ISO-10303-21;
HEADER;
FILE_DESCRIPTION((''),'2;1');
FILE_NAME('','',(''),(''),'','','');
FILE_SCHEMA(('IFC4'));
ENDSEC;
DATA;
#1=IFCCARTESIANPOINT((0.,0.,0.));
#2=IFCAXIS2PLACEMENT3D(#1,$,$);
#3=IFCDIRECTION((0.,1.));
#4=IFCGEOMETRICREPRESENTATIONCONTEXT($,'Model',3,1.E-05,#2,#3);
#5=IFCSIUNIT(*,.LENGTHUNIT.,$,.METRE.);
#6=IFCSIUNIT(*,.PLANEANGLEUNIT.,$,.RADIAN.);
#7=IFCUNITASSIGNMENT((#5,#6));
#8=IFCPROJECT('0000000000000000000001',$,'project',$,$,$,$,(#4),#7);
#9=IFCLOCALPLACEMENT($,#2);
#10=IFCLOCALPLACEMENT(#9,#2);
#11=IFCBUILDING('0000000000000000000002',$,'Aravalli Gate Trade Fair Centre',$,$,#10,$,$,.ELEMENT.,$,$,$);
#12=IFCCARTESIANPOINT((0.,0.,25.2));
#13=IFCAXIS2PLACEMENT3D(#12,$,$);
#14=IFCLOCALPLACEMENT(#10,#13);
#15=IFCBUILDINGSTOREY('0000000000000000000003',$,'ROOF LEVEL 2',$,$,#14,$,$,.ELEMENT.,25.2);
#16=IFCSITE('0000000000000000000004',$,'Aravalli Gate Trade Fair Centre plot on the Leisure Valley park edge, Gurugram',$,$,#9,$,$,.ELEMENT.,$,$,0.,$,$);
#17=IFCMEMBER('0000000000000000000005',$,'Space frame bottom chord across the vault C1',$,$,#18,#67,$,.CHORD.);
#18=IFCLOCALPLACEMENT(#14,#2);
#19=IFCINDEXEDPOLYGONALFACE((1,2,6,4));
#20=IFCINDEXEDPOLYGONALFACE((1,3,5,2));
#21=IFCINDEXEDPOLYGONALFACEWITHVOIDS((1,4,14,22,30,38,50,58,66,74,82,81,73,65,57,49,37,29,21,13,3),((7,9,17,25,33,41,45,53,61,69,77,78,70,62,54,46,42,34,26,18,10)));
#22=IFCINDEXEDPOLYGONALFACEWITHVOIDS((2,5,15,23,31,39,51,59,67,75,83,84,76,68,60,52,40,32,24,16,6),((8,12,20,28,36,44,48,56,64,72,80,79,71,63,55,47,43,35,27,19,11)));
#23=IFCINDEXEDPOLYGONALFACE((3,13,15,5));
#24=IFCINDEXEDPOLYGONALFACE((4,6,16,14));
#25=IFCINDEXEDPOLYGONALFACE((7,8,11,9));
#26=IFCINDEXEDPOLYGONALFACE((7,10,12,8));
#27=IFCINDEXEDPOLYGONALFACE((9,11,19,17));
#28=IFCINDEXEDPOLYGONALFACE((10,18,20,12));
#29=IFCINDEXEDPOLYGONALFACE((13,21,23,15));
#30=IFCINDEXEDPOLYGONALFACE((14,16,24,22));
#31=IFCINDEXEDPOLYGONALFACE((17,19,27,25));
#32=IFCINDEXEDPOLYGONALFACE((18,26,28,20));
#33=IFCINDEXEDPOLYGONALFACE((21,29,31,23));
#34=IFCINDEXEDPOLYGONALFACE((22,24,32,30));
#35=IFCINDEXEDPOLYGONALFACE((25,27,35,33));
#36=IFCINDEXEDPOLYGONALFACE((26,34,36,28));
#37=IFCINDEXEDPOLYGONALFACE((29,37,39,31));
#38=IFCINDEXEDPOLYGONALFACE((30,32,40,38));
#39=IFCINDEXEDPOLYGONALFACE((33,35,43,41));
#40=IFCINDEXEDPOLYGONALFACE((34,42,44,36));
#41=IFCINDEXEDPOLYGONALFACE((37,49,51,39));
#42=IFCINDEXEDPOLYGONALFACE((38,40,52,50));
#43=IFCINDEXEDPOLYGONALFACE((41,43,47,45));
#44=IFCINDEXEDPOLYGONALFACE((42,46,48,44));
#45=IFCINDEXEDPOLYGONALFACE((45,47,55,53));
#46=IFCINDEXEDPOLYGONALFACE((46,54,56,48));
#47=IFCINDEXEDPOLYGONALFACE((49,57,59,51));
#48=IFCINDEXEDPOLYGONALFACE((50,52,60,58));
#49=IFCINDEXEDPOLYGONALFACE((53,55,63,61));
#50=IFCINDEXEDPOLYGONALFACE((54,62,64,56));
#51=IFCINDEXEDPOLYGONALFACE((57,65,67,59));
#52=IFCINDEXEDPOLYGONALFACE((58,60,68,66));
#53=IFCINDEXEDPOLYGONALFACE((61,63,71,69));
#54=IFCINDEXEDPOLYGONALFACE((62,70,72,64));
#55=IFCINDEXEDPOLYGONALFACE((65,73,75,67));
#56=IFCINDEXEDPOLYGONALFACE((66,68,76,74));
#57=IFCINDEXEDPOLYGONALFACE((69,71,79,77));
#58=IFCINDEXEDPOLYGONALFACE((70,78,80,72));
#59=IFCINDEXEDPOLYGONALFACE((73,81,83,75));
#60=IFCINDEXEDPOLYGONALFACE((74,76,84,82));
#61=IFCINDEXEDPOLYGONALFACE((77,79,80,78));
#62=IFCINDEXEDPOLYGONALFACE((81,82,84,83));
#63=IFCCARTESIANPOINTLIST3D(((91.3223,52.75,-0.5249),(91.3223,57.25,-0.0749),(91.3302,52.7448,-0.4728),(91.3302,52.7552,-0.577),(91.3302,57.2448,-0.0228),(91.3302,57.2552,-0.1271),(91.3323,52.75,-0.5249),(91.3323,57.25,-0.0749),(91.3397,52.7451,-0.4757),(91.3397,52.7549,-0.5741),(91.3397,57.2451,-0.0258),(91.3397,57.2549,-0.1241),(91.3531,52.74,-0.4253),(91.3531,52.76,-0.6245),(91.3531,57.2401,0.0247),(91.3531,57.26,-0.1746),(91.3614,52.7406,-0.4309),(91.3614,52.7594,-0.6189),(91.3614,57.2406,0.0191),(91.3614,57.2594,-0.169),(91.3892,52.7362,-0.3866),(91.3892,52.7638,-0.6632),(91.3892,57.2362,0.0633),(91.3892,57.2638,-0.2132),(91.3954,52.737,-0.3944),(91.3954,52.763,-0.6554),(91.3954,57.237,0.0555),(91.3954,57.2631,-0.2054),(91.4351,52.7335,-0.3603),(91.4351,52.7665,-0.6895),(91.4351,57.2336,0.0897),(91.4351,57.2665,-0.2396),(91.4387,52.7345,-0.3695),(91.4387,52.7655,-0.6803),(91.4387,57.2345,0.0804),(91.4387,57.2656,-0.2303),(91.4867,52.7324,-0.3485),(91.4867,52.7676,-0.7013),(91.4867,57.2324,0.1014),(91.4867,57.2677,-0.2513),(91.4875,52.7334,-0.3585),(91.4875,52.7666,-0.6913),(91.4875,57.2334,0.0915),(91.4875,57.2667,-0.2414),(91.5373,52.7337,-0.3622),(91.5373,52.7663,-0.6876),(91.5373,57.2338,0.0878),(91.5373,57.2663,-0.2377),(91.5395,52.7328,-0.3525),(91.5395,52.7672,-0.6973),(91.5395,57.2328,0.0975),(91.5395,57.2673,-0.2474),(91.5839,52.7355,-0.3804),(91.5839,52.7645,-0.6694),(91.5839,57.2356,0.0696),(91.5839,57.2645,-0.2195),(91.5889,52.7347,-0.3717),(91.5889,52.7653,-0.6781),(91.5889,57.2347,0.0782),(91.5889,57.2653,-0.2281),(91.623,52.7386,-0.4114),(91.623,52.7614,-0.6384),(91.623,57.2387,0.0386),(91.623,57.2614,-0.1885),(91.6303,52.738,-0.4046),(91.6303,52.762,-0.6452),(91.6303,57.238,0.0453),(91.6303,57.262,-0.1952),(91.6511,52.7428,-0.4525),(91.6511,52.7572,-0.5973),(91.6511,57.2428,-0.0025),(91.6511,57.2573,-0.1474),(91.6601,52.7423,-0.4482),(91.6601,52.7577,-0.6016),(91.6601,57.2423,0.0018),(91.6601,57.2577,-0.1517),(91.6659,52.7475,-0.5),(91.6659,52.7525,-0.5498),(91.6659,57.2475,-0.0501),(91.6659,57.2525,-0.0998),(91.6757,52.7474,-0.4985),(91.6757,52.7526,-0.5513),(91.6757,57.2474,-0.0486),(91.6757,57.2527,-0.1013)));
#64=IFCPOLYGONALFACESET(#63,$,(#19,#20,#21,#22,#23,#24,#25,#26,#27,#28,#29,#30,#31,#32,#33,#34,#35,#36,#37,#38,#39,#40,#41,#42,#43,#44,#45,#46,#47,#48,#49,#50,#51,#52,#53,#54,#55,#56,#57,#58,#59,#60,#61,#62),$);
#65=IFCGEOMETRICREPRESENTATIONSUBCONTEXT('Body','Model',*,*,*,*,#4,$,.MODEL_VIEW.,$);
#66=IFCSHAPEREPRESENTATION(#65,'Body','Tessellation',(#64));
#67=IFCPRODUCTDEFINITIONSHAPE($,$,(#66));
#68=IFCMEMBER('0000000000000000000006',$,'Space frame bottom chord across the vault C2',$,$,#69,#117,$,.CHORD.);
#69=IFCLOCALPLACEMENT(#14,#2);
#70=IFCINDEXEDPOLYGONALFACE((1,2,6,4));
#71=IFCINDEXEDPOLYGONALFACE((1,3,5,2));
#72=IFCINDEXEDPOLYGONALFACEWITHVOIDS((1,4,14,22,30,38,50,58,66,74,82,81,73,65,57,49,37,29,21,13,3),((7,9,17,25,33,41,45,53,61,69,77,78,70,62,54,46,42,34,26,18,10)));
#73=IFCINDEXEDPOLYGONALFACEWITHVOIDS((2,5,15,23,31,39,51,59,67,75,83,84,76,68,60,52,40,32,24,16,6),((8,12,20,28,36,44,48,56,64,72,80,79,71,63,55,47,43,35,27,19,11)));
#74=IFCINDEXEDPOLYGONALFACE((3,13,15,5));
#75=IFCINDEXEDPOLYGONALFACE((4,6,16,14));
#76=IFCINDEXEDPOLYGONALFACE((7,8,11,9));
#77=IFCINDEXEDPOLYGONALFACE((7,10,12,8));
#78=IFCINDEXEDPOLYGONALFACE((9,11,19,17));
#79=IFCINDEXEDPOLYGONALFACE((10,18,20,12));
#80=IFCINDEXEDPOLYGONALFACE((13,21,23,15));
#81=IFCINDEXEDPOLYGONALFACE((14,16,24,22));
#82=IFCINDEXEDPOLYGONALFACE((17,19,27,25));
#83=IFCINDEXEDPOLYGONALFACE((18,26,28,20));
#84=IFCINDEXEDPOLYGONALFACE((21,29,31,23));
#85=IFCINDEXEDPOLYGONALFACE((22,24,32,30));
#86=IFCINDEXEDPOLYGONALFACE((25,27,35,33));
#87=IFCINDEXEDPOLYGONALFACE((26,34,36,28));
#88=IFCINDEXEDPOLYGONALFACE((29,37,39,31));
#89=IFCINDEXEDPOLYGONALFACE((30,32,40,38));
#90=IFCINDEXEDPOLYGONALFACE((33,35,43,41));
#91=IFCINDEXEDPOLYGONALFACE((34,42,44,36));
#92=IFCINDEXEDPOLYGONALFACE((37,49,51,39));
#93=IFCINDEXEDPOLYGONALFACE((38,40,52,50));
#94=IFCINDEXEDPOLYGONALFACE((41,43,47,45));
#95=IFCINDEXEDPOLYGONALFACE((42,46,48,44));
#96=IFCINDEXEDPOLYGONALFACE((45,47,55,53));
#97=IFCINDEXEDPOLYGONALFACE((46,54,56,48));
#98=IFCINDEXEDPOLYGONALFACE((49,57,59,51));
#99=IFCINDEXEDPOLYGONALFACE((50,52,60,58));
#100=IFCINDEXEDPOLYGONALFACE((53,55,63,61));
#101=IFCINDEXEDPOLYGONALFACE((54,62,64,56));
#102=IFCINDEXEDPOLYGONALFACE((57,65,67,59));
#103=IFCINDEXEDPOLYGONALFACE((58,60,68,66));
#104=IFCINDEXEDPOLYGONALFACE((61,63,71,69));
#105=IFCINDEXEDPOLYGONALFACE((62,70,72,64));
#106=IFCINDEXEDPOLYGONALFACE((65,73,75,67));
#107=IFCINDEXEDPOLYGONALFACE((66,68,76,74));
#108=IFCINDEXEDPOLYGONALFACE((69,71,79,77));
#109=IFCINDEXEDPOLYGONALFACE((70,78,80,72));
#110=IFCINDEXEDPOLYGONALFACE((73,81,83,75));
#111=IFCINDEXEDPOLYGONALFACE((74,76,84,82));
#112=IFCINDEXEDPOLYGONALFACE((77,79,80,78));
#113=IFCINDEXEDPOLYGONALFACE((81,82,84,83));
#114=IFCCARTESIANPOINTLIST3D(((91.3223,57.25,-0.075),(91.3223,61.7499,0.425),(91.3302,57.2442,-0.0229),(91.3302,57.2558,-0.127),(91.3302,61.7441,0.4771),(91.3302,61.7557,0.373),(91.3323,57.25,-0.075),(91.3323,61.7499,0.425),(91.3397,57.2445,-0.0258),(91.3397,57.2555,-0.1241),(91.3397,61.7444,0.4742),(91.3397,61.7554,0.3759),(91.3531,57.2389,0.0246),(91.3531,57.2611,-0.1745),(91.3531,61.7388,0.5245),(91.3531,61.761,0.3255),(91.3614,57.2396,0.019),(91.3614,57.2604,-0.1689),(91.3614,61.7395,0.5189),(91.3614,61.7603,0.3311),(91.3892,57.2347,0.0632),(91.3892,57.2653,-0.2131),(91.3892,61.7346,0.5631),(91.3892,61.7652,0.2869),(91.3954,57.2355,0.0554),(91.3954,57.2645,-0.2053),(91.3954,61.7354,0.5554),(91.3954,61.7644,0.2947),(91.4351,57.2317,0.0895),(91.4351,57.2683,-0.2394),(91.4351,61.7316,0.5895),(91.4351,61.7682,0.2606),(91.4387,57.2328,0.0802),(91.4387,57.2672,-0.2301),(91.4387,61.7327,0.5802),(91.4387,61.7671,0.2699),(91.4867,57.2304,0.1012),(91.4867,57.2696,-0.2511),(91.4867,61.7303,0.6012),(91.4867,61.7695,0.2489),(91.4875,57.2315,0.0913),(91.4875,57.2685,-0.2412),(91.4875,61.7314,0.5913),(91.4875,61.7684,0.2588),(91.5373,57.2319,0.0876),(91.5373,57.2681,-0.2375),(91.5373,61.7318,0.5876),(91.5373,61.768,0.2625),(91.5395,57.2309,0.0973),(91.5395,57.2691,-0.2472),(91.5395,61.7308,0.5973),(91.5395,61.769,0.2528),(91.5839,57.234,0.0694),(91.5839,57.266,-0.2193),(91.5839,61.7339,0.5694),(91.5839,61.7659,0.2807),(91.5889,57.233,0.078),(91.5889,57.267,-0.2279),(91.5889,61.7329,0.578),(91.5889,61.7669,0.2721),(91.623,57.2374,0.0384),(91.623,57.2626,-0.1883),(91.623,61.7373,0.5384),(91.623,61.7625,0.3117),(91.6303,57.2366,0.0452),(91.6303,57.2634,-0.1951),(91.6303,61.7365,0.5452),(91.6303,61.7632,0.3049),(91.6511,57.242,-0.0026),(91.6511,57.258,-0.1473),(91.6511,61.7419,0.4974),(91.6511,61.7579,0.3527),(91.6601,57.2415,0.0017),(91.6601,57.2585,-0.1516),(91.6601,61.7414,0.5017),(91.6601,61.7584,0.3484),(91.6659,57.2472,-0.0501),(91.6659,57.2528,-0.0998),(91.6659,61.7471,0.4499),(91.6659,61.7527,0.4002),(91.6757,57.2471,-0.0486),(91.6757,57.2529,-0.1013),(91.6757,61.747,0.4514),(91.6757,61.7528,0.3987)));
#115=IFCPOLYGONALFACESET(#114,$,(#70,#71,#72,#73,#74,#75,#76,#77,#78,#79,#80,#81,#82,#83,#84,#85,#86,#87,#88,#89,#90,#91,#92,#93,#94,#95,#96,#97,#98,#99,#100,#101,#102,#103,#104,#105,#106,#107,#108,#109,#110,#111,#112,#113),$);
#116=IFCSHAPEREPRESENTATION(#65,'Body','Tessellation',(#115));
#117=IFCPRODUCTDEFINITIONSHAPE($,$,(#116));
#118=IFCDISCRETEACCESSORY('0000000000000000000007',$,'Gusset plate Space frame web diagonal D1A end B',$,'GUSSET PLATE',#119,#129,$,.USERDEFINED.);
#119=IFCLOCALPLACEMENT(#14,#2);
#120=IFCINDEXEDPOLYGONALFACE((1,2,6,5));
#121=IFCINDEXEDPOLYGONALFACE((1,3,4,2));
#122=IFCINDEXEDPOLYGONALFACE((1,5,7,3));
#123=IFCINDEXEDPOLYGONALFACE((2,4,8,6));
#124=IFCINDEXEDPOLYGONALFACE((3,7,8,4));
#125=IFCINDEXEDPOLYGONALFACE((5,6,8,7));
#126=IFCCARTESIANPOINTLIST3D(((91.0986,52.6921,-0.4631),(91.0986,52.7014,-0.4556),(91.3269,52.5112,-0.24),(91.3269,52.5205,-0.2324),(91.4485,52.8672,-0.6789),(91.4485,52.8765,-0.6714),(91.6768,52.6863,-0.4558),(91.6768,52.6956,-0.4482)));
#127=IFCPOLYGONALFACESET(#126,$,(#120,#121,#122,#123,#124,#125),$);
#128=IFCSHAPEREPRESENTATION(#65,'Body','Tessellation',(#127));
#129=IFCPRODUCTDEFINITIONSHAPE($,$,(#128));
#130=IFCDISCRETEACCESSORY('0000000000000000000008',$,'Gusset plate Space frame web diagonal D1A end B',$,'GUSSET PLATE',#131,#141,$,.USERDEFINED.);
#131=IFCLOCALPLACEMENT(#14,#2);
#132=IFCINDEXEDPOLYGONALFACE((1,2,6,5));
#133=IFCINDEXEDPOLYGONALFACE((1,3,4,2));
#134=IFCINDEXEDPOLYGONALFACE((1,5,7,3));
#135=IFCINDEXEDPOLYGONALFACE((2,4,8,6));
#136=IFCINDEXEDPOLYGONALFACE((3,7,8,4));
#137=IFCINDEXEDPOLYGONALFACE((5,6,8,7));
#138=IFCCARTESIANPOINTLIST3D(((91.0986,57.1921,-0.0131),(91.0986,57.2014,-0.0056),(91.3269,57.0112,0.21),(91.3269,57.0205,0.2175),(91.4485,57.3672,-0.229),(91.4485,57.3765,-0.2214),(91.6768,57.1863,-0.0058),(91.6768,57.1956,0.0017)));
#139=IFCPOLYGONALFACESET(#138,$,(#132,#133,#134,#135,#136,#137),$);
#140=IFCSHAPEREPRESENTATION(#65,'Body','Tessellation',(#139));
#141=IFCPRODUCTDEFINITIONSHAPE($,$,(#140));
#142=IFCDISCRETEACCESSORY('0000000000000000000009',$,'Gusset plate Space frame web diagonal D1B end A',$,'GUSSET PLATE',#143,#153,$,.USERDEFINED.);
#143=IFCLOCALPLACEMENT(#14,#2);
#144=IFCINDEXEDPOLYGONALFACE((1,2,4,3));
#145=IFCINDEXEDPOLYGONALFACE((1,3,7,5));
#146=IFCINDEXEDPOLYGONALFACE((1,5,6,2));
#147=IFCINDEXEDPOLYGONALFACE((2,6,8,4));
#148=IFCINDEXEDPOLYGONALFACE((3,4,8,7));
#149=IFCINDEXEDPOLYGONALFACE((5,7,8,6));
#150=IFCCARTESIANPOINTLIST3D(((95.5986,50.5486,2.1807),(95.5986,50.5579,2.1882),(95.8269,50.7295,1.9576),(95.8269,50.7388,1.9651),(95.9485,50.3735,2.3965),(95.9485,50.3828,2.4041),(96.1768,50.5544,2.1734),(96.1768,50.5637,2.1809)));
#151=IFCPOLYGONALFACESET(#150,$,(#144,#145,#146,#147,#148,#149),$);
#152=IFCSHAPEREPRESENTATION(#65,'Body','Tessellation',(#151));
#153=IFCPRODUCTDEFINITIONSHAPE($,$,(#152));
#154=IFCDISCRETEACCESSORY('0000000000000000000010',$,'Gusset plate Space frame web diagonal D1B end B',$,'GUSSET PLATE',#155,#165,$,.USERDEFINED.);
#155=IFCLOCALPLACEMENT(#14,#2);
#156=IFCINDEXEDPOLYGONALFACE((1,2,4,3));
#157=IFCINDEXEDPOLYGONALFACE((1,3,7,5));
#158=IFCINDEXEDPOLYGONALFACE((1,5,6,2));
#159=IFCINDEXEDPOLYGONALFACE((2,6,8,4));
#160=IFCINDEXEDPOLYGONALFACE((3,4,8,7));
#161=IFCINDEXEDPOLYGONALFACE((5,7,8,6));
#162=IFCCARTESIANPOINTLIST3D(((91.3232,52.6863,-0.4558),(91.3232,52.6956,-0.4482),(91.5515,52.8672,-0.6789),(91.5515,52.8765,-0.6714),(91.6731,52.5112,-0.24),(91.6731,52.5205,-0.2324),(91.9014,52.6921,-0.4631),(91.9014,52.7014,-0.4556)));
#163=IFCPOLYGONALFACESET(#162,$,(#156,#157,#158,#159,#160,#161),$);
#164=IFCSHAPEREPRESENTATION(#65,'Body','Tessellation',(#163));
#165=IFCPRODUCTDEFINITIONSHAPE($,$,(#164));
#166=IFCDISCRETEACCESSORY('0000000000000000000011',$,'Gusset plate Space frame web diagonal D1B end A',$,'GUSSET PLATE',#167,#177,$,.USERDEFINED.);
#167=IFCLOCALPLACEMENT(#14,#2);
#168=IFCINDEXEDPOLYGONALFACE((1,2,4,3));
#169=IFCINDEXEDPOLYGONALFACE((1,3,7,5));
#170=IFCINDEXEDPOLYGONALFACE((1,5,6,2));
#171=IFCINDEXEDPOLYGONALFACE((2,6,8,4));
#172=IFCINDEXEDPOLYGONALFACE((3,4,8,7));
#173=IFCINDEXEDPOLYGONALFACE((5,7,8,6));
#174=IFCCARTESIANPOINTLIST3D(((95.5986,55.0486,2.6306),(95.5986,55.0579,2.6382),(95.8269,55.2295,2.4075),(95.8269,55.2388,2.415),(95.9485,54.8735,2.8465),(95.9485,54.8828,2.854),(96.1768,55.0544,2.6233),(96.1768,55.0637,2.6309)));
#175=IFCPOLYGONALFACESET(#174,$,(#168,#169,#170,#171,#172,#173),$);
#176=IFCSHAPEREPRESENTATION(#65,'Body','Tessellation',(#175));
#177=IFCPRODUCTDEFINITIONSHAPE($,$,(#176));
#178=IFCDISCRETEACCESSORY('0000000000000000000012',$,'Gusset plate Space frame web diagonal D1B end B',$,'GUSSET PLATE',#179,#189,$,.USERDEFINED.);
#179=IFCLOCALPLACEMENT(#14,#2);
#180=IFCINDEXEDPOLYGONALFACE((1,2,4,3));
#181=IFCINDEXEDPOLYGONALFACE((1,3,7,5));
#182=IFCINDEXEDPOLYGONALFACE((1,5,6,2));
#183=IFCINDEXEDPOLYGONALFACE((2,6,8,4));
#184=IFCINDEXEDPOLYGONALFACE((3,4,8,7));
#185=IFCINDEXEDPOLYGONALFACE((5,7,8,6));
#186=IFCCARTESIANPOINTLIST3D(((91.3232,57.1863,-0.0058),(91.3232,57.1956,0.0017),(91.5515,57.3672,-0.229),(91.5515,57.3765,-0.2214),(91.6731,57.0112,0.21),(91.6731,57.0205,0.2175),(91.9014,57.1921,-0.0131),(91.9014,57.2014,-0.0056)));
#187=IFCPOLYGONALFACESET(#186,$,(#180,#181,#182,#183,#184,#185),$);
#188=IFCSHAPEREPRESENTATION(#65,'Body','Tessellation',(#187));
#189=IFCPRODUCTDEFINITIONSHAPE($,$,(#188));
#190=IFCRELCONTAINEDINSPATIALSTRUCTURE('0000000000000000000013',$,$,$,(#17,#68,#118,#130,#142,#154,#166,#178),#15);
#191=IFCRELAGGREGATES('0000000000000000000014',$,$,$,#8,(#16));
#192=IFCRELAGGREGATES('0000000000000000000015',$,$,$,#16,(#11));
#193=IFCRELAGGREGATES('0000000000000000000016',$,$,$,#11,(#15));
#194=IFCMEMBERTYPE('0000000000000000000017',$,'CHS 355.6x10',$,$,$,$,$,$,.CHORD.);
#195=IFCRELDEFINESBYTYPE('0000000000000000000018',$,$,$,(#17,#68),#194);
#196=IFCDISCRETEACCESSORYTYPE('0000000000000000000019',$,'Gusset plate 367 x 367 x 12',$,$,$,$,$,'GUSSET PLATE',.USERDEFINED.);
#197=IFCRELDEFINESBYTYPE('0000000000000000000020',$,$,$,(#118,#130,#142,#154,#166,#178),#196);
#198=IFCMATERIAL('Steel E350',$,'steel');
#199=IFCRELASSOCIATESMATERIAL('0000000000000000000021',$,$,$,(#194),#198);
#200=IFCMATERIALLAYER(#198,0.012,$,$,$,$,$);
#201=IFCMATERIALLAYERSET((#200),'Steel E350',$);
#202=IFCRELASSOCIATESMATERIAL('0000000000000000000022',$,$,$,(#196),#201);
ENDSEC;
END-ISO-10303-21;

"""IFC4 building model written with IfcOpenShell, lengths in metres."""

from ifc_helpers import new_model, si_unit, direction, frame, origin, origin_2d, place, context, subcontext, project, spatial, polyline, hollow_circle, outline, extrude, material, layer, layer_set, material_profile, profile_set, type_object, element, save


model = new_model("IFC4")

# Units and contexts
model_context = context("Model", 3, precision=1e-05, world=origin(), true_north=direction((0.0, 1.0)))
body_context = subcontext(model_context, "Body", "Model", "MODEL_VIEW")
ifc_project = project(units=[si_unit("LENGTHUNIT", "METRE"), si_unit("PLANEANGLEUNIT", "RADIAN")], contexts=[model_context])

# Site, building, storey
site_placement = place(None, origin())
site = spatial("IfcSite", under=ifc_project, at=site_placement, Name="Aravalli Gate Trade Fair Centre plot on the Leisure Valley park edge, Gurugram", CompositionType="ELEMENT", RefElevation=0.0)
building_placement = place(site_placement, origin())
building = spatial("IfcBuilding", under=site, at=building_placement, Name="Aravalli Gate Trade Fair Centre", CompositionType="ELEMENT")
storey_placement = place(building_placement, frame((0.0, 0.0, 25.2)))
storey = spatial("IfcBuildingStorey", under=building, at=storey_placement, Name="ROOF LEVEL 2", CompositionType="ELEMENT", Elevation=25.2)

# Members
ifc_material = material(Name="Steel E350", Category="steel")
ifc_material_profile_1 = material_profile(ifc_material, hollow_circle(Radius=0.1777, WallThickness=0.01, at=origin_2d()), Name="CHS 355.6x10")
ifc_profile_set_1 = profile_set([ifc_material_profile_1], Name="Steel E350")
member_type_1 = type_object("IfcMemberType", Name="CHS 355.6x10", PredefinedType="CHORD", material=ifc_profile_set_1)
member_1_placement = place(storey_placement, frame((91.5, 52.75, -0.5249), z_axis=(0.0, 0.995038, 0.099493), x_axis=(-1.0, 0.0, 0.0)))
element("IfcMember", 1, at=member_1_placement, inside=storey, type_object=member_type_1, Name="Space frame bottom chord across the vault C1", PredefinedType="CHORD", context=body_context, shape_type="SweptSolid", body=[
    extrude(hollow_circle(Radius=0.1777, WallThickness=0.01, at=origin_2d()), origin(), (0.0, 0.0, 1.0), 4.5225),
])
member_2_placement = place(storey_placement, frame((91.5, 57.25, -0.075), z_axis=(0.0, 0.993884, 0.110432), x_axis=(-1.0, 0.0, 0.0)))
element("IfcMember", 2, at=member_2_placement, inside=storey, type_object=member_type_1, Name="Space frame bottom chord across the vault C2", PredefinedType="CHORD", context=body_context, shape_type="SweptSolid", body=[
    extrude(hollow_circle(Radius=0.1777, WallThickness=0.01, at=origin_2d()), origin(), (0.0, 0.0, 1.0), 4.5276),
])

# Discrete accessories
ifc_layer = layer(ifc_material, 0.012)
ifc_layer_set = layer_set([ifc_layer], Name="Steel E350")
discrete_accessory_type = type_object("IfcDiscreteAccessoryType", Name="Gusset plate 367 x 367 x 12", ElementType="GUSSET PLATE", PredefinedType="USERDEFINED", material=ifc_layer_set)
for number, where, z_axis, x_axis, name in (
    (3, (91.0986, 52.7014, -0.4556), (-0.000107, 0.776736, 0.629826), (0.783044, 0.391795, -0.48305), "Gusset plate Space frame web diagonal D1A end B"),
    (4, (91.0986, 57.2014, -0.0056), (-0.000107, 0.776736, 0.629826), (0.783044, 0.391795, -0.48305), "Gusset plate Space frame web diagonal D1A end B"),
):
    element("IfcDiscreteAccessory", number, at=place(storey_placement, frame(where, z_axis=z_axis, x_axis=x_axis)), inside=storey, type_object=discrete_accessory_type, Name=name, ObjectType="GUSSET PLATE", PredefinedType="USERDEFINED", context=body_context, shape_type="SweptSolid", body=[
        extrude(outline(polyline([(0.0, 0.0), (0.4468, 0.0), (0.4469, -0.3669), (0.0001, -0.3669), (0.0, 0.0)])), origin(), (0.0, 0.0, -1.0), 0.012),
    ])
discrete_accessory_1_placement = place(storey_placement, frame((95.5986, 50.5579, 2.1882), z_axis=(0.000107, 0.776736, 0.629826), x_axis=(0.783044, -0.391795, 0.48305)))
element("IfcDiscreteAccessory", 5, at=discrete_accessory_1_placement, inside=storey, type_object=discrete_accessory_type, Name="Gusset plate Space frame web diagonal D1B end A", ObjectType="GUSSET PLATE", PredefinedType="USERDEFINED", context=body_context, shape_type="SweptSolid", body=[
    extrude(outline(polyline([(0.0, 0.0), (0.4468, 0.0), (0.4469, 0.3669), (0.0001, 0.3669), (0.0, 0.0)])), origin(), (0.0, 0.0, -1.0), 0.012),
])
discrete_accessory_2_placement = place(storey_placement, frame((91.6731, 52.5205, -0.2324), z_axis=(0.000107, 0.776736, 0.629826), x_axis=(-0.783044, 0.391795, -0.48305)))
element("IfcDiscreteAccessory", 6, at=discrete_accessory_2_placement, inside=storey, type_object=discrete_accessory_type, Name="Gusset plate Space frame web diagonal D1B end B", ObjectType="GUSSET PLATE", PredefinedType="USERDEFINED", context=body_context, shape_type="SweptSolid", body=[
    extrude(outline(polyline([(0.0, 0.0), (0.4468, 0.0), (0.4467, -0.3669), (-0.0001, -0.3669), (0.0, 0.0)])), origin(), (0.0, 0.0, -1.0), 0.012),
])
discrete_accessory_3_placement = place(storey_placement, frame((95.5986, 55.0579, 2.6382), z_axis=(0.000107, 0.776736, 0.629826), x_axis=(0.783044, -0.391795, 0.48305)))
element("IfcDiscreteAccessory", 7, at=discrete_accessory_3_placement, inside=storey, type_object=discrete_accessory_type, Name="Gusset plate Space frame web diagonal D1B end A", ObjectType="GUSSET PLATE", PredefinedType="USERDEFINED", context=body_context, shape_type="SweptSolid", body=[
    extrude(outline(polyline([(0.0, 0.0), (0.4468, 0.0), (0.4469, 0.3669), (0.0001, 0.3669), (0.0, 0.0)])), origin(), (0.0, 0.0, -1.0), 0.012),
])
discrete_accessory_4_placement = place(storey_placement, frame((91.6731, 57.0205, 0.2175), z_axis=(0.000107, 0.776736, 0.629826), x_axis=(-0.783044, 0.391795, -0.48305)))
element("IfcDiscreteAccessory", 8, at=discrete_accessory_4_placement, inside=storey, type_object=discrete_accessory_type, Name="Gusset plate Space frame web diagonal D1B end B", ObjectType="GUSSET PLATE", PredefinedType="USERDEFINED", context=body_context, shape_type="SweptSolid", body=[
    extrude(outline(polyline([(0.0, 0.0), (0.4468, 0.0), (0.4467, -0.3669), (-0.0001, -0.3669), (0.0, 0.0)])), origin(), (0.0, 0.0, -1.0), 0.012),
])

save(model, "model.ifc")
